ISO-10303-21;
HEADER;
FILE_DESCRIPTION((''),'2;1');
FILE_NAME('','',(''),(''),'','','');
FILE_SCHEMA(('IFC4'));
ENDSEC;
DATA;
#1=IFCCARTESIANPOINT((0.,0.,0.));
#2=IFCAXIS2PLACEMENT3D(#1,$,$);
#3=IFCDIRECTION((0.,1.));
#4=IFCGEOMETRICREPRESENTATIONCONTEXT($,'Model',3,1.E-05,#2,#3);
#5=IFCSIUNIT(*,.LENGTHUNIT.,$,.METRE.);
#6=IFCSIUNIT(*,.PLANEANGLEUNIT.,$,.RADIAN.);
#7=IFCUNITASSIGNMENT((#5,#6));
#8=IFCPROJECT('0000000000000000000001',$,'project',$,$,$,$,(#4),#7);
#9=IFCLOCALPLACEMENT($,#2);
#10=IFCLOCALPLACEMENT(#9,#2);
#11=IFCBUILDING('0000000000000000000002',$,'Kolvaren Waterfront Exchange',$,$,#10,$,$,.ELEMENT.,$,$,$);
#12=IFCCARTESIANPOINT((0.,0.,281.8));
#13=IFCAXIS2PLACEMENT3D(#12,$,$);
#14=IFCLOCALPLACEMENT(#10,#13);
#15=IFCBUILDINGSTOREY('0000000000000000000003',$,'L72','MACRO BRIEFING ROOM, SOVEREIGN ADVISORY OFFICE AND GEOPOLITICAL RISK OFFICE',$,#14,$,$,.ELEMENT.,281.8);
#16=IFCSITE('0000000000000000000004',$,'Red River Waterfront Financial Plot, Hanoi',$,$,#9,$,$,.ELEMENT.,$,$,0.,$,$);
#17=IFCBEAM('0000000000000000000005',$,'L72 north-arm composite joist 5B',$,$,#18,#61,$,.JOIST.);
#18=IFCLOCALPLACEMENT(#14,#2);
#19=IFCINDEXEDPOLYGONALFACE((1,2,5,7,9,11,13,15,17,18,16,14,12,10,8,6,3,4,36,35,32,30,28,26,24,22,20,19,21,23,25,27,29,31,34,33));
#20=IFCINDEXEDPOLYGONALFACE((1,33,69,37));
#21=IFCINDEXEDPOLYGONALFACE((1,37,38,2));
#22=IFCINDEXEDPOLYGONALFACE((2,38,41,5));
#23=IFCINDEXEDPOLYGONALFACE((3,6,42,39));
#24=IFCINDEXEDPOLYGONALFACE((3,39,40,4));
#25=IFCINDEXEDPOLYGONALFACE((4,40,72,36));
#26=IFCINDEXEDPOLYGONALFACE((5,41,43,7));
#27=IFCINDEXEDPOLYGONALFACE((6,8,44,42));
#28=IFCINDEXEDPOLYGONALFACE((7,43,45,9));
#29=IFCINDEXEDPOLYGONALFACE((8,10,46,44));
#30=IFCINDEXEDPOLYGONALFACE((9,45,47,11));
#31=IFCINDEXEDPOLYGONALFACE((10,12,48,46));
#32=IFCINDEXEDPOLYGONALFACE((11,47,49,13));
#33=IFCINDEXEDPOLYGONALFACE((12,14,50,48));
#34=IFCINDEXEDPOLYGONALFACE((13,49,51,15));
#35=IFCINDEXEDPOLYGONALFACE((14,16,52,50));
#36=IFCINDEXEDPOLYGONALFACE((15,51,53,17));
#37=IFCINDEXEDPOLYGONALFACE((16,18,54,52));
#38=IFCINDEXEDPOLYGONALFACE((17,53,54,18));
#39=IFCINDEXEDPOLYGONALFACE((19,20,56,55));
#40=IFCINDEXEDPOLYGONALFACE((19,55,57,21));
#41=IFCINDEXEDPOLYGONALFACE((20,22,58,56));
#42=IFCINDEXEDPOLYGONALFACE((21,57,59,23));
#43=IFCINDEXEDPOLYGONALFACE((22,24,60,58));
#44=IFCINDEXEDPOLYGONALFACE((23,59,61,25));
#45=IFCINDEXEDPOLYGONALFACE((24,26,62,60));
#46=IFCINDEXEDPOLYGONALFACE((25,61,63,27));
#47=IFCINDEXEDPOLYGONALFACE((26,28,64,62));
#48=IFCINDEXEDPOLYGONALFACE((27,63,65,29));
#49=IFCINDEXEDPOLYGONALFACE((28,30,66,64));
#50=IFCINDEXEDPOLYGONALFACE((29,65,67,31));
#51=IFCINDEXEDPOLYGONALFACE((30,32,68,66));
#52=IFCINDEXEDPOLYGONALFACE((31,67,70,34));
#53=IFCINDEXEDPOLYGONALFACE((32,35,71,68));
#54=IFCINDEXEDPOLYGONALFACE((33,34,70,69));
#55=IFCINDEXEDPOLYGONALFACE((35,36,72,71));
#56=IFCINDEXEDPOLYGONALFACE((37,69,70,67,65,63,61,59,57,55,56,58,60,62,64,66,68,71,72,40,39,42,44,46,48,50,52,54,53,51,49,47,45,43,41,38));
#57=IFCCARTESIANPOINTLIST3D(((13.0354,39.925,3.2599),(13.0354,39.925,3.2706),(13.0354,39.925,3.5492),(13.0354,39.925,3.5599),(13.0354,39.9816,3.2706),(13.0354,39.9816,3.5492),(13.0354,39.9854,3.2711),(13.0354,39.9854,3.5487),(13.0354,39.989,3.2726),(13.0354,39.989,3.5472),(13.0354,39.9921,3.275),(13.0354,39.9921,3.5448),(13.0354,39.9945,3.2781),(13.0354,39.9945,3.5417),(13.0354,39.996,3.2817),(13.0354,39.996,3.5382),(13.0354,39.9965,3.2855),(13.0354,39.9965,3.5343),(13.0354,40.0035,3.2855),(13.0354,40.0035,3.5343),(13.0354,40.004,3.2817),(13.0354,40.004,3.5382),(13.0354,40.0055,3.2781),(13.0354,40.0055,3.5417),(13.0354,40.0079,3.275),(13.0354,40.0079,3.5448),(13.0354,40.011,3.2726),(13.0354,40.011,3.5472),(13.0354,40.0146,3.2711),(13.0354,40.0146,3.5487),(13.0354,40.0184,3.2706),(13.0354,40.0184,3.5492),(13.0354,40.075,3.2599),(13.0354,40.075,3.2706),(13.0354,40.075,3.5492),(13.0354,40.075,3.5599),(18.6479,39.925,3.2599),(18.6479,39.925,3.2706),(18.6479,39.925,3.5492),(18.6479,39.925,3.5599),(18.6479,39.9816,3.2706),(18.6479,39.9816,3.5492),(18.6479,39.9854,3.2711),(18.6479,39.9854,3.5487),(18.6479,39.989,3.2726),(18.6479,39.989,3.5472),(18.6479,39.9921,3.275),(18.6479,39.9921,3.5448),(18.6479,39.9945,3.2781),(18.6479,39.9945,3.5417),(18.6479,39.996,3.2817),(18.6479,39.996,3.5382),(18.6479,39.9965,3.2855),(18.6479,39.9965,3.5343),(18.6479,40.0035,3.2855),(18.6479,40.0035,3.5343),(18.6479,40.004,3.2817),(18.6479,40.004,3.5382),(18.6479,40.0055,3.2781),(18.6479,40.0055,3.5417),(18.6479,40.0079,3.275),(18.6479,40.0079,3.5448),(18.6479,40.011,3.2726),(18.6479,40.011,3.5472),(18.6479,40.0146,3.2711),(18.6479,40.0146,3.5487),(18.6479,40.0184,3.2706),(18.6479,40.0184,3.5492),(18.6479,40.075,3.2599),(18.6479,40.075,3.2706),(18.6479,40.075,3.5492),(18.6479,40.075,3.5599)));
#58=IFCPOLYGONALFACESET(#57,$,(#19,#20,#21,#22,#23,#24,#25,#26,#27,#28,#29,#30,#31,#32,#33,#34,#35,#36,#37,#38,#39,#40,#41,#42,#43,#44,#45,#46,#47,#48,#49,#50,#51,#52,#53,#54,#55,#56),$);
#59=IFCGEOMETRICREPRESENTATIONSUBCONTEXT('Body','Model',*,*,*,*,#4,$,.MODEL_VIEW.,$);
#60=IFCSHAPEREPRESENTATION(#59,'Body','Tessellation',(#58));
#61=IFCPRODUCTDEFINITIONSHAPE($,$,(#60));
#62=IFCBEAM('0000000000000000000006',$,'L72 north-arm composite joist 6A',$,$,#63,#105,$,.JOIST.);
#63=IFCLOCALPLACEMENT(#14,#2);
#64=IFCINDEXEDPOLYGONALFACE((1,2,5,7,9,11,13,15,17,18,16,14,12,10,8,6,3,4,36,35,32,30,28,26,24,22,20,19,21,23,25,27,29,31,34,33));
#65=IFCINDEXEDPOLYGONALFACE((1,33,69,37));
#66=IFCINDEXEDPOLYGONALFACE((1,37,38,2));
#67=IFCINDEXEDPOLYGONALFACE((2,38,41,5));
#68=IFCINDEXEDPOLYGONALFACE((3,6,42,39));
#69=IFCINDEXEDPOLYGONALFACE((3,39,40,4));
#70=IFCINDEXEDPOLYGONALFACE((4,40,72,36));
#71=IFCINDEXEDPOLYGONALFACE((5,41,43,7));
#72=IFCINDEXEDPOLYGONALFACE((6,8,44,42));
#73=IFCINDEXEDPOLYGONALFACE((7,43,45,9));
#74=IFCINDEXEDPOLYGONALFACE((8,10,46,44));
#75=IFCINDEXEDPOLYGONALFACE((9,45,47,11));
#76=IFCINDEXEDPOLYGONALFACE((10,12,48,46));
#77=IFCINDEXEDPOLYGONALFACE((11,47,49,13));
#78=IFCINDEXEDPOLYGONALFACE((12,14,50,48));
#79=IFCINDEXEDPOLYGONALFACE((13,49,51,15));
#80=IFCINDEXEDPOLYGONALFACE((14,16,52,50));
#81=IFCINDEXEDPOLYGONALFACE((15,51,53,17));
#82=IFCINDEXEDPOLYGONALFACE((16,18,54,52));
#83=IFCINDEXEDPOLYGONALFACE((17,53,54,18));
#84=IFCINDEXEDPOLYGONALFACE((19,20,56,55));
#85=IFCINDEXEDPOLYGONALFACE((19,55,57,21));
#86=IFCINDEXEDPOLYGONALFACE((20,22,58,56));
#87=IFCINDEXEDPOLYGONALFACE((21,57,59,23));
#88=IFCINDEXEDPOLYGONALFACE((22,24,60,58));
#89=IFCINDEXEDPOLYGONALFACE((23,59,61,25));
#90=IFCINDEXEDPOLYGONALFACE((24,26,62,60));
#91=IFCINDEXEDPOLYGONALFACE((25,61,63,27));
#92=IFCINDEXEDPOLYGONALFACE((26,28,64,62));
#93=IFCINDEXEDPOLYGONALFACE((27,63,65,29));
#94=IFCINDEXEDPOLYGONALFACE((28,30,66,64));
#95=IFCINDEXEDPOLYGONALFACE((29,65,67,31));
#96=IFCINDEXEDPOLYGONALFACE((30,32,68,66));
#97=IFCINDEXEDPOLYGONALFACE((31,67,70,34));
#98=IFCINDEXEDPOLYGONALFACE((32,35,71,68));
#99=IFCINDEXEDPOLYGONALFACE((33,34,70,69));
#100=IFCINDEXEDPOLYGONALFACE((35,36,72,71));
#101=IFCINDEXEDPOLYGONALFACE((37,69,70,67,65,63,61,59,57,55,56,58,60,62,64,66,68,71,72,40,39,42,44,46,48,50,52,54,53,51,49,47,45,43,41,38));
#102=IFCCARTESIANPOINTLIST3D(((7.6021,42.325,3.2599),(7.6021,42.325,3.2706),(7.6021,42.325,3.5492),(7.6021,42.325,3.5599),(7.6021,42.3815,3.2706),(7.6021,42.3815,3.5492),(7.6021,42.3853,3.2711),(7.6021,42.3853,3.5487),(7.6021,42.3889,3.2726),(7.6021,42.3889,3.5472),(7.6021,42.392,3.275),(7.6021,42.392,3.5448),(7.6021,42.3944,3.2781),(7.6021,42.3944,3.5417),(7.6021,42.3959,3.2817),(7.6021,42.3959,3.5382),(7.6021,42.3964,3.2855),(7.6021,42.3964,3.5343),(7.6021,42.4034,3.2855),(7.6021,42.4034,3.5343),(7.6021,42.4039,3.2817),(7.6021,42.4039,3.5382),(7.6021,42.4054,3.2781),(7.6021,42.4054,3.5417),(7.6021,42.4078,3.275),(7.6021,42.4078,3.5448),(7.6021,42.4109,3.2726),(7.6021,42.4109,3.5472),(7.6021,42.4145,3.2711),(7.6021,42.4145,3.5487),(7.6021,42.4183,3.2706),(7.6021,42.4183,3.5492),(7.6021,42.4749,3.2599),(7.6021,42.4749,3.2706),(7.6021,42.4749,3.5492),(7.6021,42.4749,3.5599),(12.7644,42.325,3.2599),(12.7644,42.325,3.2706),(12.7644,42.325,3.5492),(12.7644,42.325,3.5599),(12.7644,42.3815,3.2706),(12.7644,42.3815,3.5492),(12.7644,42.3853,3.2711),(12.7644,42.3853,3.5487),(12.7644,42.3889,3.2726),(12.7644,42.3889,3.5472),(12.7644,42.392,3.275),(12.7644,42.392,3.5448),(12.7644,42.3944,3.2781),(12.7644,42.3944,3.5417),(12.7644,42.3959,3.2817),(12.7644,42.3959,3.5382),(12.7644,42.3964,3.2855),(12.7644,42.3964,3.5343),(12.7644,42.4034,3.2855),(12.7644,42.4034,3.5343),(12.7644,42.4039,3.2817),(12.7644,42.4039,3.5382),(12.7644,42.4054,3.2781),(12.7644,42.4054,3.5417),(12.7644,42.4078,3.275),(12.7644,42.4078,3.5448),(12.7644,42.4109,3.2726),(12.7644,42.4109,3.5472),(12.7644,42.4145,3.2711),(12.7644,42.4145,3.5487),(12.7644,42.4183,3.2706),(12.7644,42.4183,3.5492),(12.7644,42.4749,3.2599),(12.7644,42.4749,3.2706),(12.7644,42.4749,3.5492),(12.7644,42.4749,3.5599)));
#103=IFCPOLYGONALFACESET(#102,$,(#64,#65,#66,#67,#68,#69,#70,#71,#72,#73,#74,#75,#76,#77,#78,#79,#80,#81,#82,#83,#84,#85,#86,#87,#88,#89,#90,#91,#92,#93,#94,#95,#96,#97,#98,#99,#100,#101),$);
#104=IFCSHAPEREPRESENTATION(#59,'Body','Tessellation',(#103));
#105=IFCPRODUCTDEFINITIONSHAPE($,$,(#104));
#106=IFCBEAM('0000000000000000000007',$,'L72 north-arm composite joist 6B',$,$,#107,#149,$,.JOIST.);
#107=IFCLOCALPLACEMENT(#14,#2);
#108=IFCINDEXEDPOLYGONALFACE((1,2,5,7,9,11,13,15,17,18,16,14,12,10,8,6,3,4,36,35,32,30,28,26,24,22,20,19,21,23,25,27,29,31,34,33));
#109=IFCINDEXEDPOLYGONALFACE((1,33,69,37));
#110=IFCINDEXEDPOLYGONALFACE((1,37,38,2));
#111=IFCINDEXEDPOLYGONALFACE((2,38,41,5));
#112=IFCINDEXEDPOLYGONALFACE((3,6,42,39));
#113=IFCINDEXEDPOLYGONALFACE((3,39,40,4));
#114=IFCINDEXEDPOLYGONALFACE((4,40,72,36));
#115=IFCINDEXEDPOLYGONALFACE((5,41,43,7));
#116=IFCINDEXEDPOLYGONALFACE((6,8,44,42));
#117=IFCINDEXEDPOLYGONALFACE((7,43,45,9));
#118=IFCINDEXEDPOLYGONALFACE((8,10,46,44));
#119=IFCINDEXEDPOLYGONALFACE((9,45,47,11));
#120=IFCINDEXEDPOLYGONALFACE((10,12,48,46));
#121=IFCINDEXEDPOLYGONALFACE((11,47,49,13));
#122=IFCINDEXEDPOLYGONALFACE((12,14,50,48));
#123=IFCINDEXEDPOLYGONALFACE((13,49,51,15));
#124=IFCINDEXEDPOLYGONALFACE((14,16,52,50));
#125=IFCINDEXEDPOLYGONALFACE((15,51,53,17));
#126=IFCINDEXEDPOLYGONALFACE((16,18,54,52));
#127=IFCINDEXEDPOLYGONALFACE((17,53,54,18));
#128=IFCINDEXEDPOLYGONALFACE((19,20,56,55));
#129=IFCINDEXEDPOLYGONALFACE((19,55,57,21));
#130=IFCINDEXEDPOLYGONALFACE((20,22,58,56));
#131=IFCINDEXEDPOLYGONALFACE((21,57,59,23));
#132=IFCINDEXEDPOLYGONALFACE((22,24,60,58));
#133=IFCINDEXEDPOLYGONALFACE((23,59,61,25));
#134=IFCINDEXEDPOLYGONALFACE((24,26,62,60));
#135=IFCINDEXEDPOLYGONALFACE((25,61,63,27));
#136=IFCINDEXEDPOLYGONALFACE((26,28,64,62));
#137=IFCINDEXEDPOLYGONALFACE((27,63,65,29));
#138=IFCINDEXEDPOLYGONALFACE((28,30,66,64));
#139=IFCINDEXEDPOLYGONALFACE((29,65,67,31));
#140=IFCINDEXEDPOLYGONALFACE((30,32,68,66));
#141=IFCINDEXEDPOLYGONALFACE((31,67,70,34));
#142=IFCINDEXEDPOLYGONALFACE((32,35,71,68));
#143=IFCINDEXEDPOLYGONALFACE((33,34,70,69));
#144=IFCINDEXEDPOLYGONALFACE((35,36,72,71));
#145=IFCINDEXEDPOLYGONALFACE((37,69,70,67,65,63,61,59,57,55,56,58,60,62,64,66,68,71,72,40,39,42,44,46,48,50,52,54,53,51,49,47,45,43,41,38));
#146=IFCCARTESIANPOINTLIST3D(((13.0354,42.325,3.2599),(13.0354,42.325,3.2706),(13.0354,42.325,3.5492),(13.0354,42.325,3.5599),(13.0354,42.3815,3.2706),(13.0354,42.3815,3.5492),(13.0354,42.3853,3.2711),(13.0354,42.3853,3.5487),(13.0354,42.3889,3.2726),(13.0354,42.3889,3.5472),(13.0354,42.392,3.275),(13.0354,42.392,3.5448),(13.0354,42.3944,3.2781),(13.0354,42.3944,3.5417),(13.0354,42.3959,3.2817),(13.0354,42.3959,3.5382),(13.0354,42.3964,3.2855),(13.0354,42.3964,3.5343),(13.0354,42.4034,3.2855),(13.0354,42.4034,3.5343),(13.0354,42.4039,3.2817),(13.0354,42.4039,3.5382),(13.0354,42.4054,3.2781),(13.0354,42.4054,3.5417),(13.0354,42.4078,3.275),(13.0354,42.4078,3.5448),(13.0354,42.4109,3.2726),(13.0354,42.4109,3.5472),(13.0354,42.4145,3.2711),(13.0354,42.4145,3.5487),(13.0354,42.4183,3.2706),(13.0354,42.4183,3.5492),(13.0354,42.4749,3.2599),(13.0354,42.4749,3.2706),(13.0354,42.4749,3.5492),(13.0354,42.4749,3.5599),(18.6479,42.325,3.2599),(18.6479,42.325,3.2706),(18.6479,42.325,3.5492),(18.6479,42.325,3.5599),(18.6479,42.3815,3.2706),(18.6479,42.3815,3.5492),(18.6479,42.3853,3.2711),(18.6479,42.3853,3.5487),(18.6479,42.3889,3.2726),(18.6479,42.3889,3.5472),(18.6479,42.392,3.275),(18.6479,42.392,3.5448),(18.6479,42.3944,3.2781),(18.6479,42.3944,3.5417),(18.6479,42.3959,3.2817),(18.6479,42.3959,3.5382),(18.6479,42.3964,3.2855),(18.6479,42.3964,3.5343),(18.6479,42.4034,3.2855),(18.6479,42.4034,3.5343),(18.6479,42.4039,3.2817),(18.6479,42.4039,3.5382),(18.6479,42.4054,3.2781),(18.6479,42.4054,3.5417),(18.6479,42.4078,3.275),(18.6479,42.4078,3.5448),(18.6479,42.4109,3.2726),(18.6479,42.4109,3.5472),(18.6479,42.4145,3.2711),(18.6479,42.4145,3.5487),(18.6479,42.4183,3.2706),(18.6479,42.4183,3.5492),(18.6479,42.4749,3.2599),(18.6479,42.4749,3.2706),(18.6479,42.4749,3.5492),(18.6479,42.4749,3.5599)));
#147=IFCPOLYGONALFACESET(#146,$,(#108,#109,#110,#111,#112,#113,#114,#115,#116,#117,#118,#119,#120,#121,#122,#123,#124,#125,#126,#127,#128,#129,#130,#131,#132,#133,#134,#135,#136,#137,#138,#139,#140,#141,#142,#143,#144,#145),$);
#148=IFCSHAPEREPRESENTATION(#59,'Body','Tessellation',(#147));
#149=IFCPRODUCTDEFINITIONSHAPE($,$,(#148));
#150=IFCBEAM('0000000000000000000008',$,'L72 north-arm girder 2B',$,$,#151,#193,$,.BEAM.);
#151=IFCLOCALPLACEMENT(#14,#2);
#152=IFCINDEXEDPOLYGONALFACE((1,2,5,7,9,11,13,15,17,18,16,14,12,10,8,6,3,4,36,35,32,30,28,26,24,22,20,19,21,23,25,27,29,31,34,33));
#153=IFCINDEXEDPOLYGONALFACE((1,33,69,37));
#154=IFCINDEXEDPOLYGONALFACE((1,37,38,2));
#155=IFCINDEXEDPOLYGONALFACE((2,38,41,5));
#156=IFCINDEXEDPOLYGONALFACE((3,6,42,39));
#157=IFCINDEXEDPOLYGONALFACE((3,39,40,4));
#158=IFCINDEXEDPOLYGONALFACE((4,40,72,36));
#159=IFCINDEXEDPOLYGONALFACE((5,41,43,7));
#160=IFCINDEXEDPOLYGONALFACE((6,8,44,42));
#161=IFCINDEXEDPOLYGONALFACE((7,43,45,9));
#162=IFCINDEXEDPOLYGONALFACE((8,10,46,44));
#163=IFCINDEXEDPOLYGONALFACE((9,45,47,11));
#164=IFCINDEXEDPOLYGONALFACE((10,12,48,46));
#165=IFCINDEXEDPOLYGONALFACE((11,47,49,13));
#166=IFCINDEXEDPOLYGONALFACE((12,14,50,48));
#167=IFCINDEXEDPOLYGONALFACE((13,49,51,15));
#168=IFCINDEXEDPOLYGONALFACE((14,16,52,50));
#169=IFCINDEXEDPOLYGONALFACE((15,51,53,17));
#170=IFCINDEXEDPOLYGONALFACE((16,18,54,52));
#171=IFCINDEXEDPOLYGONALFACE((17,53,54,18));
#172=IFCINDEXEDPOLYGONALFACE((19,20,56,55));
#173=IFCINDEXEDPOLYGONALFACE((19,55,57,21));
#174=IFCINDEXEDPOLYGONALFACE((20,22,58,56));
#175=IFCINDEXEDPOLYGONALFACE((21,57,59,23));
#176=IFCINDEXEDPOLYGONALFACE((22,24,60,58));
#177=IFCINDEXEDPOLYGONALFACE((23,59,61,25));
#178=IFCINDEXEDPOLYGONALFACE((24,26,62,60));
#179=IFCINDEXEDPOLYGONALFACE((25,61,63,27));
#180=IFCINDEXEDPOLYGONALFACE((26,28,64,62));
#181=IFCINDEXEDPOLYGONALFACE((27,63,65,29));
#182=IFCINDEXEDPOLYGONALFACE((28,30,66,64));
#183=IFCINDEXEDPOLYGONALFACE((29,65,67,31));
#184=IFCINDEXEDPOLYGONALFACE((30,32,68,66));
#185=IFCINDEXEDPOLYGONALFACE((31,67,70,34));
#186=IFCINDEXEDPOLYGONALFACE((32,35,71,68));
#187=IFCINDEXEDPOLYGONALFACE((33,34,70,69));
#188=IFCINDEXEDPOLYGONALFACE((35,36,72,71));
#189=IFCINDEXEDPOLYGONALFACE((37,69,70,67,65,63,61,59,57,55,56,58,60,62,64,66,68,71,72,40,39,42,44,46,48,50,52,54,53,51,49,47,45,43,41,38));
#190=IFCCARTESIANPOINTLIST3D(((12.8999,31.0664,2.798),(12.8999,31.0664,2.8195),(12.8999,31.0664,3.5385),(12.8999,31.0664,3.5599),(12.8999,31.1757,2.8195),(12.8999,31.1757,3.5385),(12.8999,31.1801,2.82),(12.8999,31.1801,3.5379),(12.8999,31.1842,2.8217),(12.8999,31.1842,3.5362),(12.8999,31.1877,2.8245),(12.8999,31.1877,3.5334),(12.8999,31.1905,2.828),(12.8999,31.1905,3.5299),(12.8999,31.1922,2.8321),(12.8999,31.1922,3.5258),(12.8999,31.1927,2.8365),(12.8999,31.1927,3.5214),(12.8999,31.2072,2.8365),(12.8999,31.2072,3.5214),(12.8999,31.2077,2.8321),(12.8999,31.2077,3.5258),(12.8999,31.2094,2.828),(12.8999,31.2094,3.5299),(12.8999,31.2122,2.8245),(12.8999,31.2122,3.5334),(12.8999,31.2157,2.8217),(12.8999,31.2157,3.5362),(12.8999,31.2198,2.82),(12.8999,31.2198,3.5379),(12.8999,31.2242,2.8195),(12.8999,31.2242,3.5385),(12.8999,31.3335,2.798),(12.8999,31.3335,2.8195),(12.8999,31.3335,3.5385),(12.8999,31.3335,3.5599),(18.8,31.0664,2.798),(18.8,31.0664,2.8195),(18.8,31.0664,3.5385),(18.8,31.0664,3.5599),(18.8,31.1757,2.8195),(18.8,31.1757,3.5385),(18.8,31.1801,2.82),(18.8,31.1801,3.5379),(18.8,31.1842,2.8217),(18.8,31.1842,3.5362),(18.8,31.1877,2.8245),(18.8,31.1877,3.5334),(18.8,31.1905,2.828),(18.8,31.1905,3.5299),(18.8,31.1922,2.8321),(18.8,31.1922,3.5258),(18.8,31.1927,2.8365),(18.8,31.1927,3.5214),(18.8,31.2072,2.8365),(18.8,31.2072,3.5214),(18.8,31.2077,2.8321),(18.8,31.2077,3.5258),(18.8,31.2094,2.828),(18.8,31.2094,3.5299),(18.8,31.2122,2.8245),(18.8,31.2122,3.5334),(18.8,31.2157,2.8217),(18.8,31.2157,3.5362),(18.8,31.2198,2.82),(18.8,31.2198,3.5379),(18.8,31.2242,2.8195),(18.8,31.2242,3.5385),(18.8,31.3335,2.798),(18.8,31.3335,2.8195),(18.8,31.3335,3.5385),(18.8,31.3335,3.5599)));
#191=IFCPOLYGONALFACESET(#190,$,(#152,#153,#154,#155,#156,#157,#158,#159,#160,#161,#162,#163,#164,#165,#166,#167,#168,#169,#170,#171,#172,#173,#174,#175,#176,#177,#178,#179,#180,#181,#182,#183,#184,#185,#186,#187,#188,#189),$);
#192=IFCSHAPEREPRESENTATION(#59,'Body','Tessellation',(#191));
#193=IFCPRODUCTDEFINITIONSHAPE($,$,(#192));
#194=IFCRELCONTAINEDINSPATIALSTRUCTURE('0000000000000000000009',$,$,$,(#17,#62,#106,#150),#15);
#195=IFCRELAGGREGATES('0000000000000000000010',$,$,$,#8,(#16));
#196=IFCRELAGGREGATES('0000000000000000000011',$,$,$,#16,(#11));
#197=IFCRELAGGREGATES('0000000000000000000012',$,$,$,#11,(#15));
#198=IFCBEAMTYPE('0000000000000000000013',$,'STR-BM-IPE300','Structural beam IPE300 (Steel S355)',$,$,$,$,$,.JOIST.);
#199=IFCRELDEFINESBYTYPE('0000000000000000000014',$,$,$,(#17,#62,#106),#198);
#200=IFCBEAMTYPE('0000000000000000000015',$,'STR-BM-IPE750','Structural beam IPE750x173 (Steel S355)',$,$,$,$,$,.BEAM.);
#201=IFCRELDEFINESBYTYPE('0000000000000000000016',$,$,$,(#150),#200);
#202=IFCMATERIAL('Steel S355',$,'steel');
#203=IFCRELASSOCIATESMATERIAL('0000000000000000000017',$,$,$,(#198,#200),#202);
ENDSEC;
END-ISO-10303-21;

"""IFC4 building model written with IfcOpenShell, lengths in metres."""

from ifc_helpers import new_model, si_unit, direction, frame, origin, origin_2d, place, context, subcontext, project, spatial, i_section, extrude, material, material_profile, profile_set, type_object, element, save


model = new_model("IFC4")

# Units and contexts
model_context = context("Model", 3, precision=1e-05, world=origin(), true_north=direction((0.0, 1.0)))
body_context = subcontext(model_context, "Body", "Model", "MODEL_VIEW")
ifc_project = project(units=[si_unit("LENGTHUNIT", "METRE"), si_unit("PLANEANGLEUNIT", "RADIAN")], contexts=[model_context])

# Site, building, storey
site_placement = place(None, origin())
site = spatial("IfcSite", under=ifc_project, at=site_placement, Name="Red River Waterfront Financial Plot, Hanoi", CompositionType="ELEMENT", RefElevation=0.0)
building_placement = place(site_placement, origin())
building = spatial("IfcBuilding", under=site, at=building_placement, Name="Kolvaren Waterfront Exchange", CompositionType="ELEMENT")
storey_placement = place(building_placement, frame((0.0, 0.0, 281.8)))
storey = spatial("IfcBuildingStorey", under=building, at=storey_placement, Name="L72", Description="MACRO BRIEFING ROOM, SOVEREIGN ADVISORY OFFICE AND GEOPOLITICAL RISK OFFICE", CompositionType="ELEMENT", Elevation=281.8)

# Beams
ifc_material_1 = material(Name="Steel S355", Category="steel")
ifc_material_profile_1 = material_profile(ifc_material_1, i_section(OverallWidth=0.1499, OverallDepth=0.3, WebThickness=0.0071, FlangeThickness=0.0107, FilletRadius=0.0149, at=origin_2d()), Name="IPE300")
ifc_profile_set_1 = profile_set([ifc_material_profile_1], Name="Steel S355")
beam_type_1 = type_object("IfcBeamType", Name="STR-BM-IPE300", Description="Structural beam IPE300 (Steel S355)", PredefinedType="JOIST", material=ifc_profile_set_1)
beam_1_placement = place(storey_placement, frame((13.0354, 40.0, 3.4099), z_axis=(1.0, 0.0, 0.0), x_axis=(0.0, 1.0, 0.0)))
element("IfcBeam", 1, at=beam_1_placement, inside=storey, type_object=beam_type_1, Name="L72 north-arm composite joist 5B", PredefinedType="JOIST", context=body_context, shape_type="SweptSolid", body=[
    extrude(i_section(OverallWidth=0.1499, OverallDepth=0.3, WebThickness=0.0071, FlangeThickness=0.0107, FilletRadius=0.0149, at=origin_2d()), origin(), (0.0, 0.0, 1.0), 5.6125),
])
beam_2_placement = place(storey_placement, frame((7.6021, 42.3999, 3.4099), z_axis=(1.0, 0.0, 0.0), x_axis=(0.0, 1.0, 0.0)))
element("IfcBeam", 2, at=beam_2_placement, inside=storey, type_object=beam_type_1, Name="L72 north-arm composite joist 6A", PredefinedType="JOIST", context=body_context, shape_type="SweptSolid", body=[
    extrude(i_section(OverallWidth=0.1499, OverallDepth=0.3, WebThickness=0.0071, FlangeThickness=0.0107, FilletRadius=0.0149, at=origin_2d()), origin(), (0.0, 0.0, 1.0), 5.1624),
])
beam_3_placement = place(storey_placement, frame((13.0354, 42.3999, 3.4099), z_axis=(1.0, 0.0, 0.0), x_axis=(0.0, 1.0, 0.0)))
element("IfcBeam", 3, at=beam_3_placement, inside=storey, type_object=beam_type_1, Name="L72 north-arm composite joist 6B", PredefinedType="JOIST", context=body_context, shape_type="SweptSolid", body=[
    extrude(i_section(OverallWidth=0.1499, OverallDepth=0.3, WebThickness=0.0071, FlangeThickness=0.0107, FilletRadius=0.0149, at=origin_2d()), origin(), (0.0, 0.0, 1.0), 5.6125),
])
ifc_material_profile_2 = material_profile(ifc_material_1, i_section(OverallWidth=0.2671, OverallDepth=0.762, WebThickness=0.0144, FlangeThickness=0.0215, FilletRadius=0.0171, at=origin_2d()), Name="IPE750x173")
ifc_profile_set_2 = profile_set([ifc_material_profile_2], Name="Steel S355")
beam_type_2 = type_object("IfcBeamType", Name="STR-BM-IPE750", Description="Structural beam IPE750x173 (Steel S355)", PredefinedType="BEAM", material=ifc_profile_set_2)
beam_4_placement = place(storey_placement, frame((12.8999, 31.2, 3.179), z_axis=(1.0, 0.0, 0.0), x_axis=(0.0, 1.0, 0.0)))
element("IfcBeam", 4, at=beam_4_placement, inside=storey, type_object=beam_type_2, Name="L72 north-arm girder 2B", PredefinedType="BEAM", context=body_context, shape_type="SweptSolid", body=[
    extrude(i_section(OverallWidth=0.2671, OverallDepth=0.762, WebThickness=0.0144, FlangeThickness=0.0215, FilletRadius=0.0171, at=origin_2d()), origin(), (0.0, 0.0, 1.0), 5.9001),
])

save(model, "model.ifc")
